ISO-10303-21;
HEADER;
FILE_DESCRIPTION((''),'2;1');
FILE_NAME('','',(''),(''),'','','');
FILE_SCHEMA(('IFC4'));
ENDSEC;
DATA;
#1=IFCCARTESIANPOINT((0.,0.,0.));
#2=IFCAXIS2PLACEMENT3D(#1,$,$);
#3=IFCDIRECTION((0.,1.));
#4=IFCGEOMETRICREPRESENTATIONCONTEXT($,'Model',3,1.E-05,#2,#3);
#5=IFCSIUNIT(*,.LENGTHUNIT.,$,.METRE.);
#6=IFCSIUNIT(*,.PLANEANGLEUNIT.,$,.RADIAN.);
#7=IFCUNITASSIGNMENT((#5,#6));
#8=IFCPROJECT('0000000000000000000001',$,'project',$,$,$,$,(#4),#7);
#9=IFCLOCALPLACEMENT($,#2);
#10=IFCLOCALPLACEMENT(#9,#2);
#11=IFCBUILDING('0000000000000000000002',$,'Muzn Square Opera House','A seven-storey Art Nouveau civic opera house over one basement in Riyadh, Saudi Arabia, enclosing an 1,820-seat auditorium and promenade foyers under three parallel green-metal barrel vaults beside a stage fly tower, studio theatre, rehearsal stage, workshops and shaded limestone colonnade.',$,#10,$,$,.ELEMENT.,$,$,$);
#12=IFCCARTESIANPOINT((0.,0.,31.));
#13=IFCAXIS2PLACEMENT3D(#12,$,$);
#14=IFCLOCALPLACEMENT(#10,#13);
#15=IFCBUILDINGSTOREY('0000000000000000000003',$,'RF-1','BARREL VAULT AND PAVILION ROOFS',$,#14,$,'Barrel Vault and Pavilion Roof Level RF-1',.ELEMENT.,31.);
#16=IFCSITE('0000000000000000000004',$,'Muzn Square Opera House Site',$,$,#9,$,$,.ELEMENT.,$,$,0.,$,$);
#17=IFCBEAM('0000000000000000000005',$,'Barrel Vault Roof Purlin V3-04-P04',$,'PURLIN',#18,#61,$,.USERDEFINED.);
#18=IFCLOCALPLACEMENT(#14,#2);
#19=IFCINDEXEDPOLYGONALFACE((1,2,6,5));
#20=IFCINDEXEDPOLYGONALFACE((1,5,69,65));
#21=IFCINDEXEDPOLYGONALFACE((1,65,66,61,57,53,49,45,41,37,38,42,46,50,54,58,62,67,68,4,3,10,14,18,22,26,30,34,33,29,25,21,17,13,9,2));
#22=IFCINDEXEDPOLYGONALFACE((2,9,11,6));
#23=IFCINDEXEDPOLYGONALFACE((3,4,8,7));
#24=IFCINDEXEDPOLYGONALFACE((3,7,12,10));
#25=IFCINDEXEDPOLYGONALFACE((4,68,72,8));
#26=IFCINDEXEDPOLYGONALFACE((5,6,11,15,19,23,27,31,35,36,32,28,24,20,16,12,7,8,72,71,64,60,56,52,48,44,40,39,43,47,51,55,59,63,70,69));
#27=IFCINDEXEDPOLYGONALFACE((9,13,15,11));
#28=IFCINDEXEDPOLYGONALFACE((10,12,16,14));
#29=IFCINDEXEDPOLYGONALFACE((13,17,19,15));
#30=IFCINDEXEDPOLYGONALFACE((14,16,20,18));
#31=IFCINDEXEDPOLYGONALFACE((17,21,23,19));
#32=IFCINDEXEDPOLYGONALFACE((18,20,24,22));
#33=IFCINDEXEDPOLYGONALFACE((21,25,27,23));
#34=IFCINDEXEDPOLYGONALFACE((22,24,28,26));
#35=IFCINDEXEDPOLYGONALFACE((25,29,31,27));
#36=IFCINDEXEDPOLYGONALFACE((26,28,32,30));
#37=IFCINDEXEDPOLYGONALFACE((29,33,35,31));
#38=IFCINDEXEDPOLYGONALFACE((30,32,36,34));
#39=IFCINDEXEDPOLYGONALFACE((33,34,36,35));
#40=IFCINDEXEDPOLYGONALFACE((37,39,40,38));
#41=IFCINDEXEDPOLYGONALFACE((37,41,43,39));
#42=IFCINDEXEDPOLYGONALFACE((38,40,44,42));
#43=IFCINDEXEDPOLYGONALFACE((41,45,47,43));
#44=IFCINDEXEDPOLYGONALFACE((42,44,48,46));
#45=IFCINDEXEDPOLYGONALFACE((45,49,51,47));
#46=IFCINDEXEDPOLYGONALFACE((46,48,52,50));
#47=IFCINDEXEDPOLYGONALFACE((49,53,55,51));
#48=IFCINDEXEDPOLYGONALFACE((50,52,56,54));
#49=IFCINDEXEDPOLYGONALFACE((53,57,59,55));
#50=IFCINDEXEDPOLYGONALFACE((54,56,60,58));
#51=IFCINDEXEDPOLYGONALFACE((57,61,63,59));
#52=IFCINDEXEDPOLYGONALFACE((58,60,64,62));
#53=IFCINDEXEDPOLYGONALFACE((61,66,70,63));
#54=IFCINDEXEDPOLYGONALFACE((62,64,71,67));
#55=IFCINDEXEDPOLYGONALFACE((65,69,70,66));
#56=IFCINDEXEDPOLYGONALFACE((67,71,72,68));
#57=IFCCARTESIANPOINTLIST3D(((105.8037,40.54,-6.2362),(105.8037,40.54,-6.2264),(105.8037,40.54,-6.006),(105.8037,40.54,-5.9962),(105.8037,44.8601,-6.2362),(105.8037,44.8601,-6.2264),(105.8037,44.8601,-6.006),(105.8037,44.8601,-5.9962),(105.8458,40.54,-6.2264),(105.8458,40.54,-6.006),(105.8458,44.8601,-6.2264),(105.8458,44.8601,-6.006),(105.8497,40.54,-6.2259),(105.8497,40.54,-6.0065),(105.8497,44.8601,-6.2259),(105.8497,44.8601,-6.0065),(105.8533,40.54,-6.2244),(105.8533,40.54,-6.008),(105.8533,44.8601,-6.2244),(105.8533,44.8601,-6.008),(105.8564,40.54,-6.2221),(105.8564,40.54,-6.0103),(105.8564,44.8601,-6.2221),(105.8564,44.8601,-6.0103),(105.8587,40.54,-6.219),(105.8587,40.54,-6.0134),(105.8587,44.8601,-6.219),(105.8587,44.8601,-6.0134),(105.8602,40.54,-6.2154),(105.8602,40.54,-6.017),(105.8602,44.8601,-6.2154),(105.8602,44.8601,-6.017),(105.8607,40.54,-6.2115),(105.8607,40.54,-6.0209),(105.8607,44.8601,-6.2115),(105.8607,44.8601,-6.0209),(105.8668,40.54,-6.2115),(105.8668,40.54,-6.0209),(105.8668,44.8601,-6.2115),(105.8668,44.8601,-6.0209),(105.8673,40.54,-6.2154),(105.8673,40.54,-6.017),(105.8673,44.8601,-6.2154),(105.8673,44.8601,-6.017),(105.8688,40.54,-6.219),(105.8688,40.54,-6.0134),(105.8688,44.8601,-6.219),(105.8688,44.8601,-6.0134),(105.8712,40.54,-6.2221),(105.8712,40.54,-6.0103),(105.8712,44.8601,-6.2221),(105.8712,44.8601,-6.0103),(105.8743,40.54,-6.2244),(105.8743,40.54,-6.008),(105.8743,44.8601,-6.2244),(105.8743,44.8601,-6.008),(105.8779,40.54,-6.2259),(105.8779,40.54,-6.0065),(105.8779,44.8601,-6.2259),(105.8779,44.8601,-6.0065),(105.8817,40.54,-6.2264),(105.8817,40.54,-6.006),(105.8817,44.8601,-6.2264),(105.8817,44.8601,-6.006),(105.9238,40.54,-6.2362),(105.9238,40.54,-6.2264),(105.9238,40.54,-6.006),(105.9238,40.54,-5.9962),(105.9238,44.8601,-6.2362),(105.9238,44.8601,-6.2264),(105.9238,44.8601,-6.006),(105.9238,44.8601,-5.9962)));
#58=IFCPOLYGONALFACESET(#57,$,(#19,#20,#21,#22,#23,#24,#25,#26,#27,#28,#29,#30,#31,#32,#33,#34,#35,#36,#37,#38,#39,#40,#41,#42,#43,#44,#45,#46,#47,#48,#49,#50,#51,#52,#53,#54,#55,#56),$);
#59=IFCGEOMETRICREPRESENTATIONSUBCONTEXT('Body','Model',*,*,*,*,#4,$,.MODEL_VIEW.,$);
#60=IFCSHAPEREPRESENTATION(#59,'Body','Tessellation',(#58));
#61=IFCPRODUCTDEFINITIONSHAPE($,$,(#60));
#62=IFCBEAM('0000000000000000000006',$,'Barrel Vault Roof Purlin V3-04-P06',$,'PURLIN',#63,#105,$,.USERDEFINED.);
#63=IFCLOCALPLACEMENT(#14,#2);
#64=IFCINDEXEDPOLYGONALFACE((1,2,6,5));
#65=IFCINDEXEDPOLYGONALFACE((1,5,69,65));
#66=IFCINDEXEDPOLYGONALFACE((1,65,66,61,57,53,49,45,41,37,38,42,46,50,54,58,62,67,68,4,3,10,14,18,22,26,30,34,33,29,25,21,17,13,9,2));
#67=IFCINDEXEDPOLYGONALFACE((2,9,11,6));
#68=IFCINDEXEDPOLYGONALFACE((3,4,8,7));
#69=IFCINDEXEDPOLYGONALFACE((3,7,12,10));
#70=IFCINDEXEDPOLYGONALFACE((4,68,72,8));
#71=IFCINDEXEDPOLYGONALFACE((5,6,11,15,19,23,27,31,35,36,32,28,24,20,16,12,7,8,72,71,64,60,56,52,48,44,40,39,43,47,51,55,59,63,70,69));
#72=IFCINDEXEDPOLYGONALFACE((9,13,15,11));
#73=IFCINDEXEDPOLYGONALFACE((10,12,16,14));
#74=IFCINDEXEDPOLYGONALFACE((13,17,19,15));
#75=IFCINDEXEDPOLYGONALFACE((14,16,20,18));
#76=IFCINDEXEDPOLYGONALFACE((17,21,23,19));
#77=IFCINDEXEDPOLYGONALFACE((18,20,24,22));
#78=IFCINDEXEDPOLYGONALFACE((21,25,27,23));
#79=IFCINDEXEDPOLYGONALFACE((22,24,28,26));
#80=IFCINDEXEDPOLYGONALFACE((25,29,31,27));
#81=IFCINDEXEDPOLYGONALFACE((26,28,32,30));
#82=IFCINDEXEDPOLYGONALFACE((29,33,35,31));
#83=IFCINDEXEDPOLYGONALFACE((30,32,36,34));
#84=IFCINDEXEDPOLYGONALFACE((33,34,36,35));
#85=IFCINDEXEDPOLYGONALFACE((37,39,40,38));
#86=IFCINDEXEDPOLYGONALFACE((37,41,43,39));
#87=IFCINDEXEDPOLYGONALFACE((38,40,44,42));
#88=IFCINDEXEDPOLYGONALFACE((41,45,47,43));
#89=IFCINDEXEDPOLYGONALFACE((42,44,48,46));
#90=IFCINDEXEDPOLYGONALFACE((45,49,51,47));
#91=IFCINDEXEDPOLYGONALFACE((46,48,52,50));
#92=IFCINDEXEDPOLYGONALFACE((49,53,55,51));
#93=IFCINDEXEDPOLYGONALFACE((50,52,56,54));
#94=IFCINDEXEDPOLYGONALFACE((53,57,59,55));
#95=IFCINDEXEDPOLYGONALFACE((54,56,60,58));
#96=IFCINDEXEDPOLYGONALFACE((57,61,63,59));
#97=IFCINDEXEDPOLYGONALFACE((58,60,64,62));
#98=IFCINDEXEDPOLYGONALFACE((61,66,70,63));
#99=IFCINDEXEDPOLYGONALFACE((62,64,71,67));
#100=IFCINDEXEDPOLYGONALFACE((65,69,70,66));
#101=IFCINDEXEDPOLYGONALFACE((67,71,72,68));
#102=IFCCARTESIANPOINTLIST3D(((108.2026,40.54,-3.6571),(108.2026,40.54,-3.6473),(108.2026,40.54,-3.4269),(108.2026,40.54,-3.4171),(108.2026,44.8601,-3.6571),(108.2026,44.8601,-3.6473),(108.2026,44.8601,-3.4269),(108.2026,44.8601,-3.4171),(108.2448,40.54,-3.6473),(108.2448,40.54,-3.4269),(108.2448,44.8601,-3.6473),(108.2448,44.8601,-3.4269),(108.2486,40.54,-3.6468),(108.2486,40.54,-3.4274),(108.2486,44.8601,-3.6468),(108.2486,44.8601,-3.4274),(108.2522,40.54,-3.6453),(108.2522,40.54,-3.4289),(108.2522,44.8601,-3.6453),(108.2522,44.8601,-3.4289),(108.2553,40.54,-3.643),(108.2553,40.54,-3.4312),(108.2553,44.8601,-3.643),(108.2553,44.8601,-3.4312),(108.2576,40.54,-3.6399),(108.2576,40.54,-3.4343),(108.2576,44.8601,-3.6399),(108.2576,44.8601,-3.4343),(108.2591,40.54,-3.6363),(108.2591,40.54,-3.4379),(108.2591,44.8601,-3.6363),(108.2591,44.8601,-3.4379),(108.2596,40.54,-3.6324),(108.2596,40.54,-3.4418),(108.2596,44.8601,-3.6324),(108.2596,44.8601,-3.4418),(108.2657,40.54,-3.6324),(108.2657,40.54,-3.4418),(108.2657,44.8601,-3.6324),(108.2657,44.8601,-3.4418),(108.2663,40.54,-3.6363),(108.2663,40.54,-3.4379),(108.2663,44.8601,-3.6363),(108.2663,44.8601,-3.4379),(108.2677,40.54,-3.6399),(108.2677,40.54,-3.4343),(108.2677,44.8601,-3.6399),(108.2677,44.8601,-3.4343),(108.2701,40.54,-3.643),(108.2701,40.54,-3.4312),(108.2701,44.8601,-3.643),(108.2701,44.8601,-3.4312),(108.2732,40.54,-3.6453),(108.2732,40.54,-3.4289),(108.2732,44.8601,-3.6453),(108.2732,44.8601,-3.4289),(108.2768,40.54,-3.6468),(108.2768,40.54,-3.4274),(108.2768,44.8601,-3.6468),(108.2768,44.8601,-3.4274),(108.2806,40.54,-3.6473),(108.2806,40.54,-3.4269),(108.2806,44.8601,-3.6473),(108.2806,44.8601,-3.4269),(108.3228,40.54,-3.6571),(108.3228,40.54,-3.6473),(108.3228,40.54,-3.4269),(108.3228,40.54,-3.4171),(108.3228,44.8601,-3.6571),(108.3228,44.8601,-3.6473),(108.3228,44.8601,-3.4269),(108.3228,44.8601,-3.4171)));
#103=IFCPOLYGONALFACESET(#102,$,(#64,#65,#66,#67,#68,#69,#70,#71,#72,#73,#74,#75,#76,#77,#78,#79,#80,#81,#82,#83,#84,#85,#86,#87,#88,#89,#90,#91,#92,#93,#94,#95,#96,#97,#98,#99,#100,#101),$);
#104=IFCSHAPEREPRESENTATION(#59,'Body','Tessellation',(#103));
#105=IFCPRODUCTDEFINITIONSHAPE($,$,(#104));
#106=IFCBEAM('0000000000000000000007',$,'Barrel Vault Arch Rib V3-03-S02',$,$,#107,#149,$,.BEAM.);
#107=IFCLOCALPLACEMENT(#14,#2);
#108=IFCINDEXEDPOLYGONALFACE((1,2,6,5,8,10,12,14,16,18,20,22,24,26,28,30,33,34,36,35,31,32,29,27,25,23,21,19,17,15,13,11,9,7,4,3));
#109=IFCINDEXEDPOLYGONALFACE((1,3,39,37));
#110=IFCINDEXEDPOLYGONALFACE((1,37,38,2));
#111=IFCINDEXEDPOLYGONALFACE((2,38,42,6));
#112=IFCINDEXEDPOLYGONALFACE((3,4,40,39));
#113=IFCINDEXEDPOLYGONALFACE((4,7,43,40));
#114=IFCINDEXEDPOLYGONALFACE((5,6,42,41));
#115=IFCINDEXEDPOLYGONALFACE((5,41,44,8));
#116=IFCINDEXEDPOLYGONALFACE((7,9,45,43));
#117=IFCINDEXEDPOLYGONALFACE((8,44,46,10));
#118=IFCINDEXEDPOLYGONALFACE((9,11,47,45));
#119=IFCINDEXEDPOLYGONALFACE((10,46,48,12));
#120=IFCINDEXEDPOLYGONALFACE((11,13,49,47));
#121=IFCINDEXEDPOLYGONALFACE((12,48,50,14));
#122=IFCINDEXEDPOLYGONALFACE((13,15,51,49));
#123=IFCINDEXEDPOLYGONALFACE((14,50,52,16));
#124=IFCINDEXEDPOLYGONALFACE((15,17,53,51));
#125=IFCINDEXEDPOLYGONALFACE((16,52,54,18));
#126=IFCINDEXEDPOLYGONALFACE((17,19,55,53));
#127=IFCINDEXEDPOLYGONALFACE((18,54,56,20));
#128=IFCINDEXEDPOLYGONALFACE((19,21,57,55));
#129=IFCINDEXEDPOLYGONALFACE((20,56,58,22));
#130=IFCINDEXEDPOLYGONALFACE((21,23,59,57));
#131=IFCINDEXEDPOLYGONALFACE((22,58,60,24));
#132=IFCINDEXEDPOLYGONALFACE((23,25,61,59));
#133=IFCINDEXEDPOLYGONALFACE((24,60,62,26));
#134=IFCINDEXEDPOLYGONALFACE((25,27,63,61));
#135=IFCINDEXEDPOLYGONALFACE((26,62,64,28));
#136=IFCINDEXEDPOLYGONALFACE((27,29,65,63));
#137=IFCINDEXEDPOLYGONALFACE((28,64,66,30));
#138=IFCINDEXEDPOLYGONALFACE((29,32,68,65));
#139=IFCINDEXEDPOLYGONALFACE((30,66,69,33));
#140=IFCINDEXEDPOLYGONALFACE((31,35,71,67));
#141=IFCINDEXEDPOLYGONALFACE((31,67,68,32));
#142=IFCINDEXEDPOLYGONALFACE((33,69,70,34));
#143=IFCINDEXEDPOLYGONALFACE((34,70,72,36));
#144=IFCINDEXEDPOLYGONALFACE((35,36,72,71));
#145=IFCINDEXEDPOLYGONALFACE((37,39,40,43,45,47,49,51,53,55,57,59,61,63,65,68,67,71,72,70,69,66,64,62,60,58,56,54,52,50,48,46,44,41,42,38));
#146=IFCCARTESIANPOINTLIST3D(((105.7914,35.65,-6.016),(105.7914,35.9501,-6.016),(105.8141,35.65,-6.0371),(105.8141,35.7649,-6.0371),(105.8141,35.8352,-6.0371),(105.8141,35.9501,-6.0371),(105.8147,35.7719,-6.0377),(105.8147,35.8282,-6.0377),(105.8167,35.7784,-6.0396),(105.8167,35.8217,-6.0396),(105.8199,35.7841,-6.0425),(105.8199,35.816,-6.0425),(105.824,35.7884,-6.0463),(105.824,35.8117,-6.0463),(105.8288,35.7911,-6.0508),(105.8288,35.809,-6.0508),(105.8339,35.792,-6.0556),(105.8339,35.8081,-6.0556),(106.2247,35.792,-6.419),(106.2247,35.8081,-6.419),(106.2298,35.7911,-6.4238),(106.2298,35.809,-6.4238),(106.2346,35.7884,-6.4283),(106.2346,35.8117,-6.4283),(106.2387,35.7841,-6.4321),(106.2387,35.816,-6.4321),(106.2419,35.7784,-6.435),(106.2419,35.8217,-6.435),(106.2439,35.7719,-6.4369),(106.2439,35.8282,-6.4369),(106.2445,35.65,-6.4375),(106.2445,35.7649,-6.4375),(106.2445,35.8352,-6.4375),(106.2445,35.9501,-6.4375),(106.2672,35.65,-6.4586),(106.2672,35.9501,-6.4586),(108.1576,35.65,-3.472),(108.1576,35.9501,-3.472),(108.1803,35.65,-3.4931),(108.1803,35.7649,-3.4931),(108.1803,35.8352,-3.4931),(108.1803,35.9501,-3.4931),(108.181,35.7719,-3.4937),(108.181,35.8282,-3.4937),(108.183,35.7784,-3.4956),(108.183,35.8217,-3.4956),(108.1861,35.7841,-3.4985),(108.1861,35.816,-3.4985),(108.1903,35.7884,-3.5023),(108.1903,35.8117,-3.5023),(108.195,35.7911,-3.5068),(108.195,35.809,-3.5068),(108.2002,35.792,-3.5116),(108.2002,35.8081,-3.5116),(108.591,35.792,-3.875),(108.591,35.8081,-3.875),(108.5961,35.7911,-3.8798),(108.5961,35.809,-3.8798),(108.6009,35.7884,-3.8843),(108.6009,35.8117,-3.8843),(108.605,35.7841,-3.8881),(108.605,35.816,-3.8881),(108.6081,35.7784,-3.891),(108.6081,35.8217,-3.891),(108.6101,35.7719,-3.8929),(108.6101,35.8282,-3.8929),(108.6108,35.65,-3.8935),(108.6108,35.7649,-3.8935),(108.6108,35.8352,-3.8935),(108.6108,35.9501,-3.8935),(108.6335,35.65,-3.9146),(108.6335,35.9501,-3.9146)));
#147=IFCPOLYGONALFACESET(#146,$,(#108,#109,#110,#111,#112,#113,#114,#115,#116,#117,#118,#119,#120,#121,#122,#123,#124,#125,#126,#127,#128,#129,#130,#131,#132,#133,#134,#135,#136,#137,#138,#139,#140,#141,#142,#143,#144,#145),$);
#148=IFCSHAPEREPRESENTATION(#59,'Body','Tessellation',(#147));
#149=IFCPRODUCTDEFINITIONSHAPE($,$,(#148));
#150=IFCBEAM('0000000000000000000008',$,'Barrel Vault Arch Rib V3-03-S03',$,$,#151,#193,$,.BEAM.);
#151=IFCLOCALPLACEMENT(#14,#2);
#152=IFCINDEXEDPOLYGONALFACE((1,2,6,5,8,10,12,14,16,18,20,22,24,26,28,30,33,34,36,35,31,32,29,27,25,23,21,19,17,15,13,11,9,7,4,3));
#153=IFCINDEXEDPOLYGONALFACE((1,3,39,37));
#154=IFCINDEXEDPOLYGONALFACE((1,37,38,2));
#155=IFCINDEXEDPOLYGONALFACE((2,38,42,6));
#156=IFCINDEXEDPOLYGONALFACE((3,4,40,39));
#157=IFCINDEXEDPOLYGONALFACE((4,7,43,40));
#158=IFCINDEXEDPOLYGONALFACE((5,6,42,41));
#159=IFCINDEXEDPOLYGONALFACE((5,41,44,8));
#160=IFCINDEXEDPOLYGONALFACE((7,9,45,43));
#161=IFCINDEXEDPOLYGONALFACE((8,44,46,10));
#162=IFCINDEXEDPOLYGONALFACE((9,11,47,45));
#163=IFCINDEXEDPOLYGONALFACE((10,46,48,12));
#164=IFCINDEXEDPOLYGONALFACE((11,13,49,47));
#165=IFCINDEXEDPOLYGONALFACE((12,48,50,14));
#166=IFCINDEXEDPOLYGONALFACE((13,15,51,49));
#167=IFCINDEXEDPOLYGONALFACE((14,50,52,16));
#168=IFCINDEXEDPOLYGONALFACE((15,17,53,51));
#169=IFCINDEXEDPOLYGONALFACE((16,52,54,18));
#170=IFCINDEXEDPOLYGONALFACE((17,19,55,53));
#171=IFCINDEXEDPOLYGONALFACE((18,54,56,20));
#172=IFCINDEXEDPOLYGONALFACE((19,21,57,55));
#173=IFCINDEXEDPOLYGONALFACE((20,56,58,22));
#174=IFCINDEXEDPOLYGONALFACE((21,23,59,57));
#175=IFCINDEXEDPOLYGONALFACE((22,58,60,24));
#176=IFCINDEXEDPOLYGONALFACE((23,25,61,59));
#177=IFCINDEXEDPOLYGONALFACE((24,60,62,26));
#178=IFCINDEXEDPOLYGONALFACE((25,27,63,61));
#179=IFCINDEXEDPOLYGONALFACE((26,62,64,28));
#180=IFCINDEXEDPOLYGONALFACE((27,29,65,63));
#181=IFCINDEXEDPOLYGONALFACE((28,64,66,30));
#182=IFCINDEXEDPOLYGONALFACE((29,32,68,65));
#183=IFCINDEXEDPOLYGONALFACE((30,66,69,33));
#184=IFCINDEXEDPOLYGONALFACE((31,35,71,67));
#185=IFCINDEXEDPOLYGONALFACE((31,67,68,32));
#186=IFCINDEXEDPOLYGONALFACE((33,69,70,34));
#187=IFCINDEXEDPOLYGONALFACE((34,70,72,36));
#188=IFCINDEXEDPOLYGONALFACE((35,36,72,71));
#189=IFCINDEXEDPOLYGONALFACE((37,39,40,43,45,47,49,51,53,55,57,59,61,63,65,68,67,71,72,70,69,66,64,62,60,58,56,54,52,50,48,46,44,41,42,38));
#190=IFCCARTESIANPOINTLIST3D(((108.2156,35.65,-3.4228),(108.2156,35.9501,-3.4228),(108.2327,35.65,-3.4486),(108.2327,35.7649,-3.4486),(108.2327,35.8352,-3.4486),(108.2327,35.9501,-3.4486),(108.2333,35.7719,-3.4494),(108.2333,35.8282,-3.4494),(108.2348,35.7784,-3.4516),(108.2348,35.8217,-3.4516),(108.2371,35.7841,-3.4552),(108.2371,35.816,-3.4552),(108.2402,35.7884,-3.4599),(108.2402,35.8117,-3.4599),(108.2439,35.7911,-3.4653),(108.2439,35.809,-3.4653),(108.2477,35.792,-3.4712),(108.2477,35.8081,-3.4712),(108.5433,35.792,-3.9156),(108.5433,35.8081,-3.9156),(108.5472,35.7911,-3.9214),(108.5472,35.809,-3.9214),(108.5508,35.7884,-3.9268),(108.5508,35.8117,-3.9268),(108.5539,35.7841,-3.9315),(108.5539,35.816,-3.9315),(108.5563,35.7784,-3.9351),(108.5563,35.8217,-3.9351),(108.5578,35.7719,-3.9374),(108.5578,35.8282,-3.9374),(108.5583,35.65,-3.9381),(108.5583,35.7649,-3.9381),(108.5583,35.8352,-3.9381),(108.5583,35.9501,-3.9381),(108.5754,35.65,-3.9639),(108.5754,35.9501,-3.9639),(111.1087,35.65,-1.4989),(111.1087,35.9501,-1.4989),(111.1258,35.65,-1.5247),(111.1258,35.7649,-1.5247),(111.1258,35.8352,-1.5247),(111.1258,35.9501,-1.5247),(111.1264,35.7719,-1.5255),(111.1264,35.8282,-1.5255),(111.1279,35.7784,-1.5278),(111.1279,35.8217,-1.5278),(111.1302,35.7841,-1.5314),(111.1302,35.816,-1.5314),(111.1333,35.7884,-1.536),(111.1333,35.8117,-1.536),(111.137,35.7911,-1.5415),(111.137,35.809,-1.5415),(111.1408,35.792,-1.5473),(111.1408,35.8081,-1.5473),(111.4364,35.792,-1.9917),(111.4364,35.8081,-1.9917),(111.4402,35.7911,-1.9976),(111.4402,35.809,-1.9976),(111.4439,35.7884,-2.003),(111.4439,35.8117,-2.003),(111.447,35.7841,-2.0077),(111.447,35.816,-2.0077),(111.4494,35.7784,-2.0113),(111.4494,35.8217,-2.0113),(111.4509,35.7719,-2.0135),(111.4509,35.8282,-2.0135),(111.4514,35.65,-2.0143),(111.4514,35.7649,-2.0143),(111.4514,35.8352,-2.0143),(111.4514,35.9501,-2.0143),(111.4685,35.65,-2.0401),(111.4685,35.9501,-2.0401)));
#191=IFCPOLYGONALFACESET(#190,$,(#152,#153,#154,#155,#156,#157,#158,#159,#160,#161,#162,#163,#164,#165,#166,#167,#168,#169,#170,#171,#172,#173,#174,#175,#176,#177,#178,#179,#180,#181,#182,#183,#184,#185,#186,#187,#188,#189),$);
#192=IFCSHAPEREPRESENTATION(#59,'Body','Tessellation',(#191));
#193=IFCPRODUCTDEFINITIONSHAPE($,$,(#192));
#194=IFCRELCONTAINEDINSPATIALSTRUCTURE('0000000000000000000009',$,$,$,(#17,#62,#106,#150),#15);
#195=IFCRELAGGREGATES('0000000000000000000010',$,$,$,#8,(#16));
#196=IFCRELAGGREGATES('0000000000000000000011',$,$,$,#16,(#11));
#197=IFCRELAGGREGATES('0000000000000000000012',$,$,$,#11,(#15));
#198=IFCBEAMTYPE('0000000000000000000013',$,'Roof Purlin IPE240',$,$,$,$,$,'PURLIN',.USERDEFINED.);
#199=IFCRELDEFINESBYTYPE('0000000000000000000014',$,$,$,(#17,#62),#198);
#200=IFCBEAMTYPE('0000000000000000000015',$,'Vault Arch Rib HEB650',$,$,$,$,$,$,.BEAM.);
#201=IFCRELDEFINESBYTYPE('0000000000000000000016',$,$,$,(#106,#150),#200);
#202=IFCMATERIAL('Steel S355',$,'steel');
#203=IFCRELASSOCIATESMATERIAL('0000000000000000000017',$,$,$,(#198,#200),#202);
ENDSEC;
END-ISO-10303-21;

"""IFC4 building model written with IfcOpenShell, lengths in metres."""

from ifc_helpers import new_model, si_unit, direction, frame, origin, origin_2d, place, context, subcontext, project, spatial, i_section, extrude, material, material_profile, profile_set, type_object, element, save


model = new_model("IFC4")

# Units and contexts
model_context = context("Model", 3, precision=1e-05, world=origin(), true_north=direction((0.0, 1.0)))
body_context = subcontext(model_context, "Body", "Model", "MODEL_VIEW")
ifc_project = project(units=[si_unit("LENGTHUNIT", "METRE"), si_unit("PLANEANGLEUNIT", "RADIAN")], contexts=[model_context])

# Site, building, storey
site_placement = place(None, origin())
site = spatial("IfcSite", under=ifc_project, at=site_placement, Name="Muzn Square Opera House Site", CompositionType="ELEMENT", RefElevation=0.0)
building_placement = place(site_placement, origin())
building = spatial("IfcBuilding", under=site, at=building_placement, Name="Muzn Square Opera House", Description="A seven-storey Art Nouveau civic opera house over one basement in Riyadh, Saudi Arabia, enclosing an 1,820-seat auditorium and promenade foyers under three parallel green-metal barrel vaults beside a stage fly tower, studio theatre, rehearsal stage, workshops and shaded limestone colonnade.", CompositionType="ELEMENT")
storey_placement = place(building_placement, frame((0.0, 0.0, 31.0)))
storey = spatial("IfcBuildingStorey", under=building, at=storey_placement, Name="RF-1", Description="BARREL VAULT AND PAVILION ROOFS", LongName="Barrel Vault and Pavilion Roof Level RF-1", CompositionType="ELEMENT", Elevation=31.0)

# Beams
ifc_material_1 = material(Name="Steel S355", Category="steel")
ifc_material_profile_1 = material_profile(ifc_material_1, i_section(OverallWidth=0.1201, OverallDepth=0.24, WebThickness=0.0061, FlangeThickness=0.0098, FilletRadius=0.0149, at=origin_2d()), Name="IPE 240", Category="steel")
ifc_profile_set_1 = profile_set([ifc_material_profile_1], Name="Steel S355")
beam_type_1 = type_object("IfcBeamType", Name="Roof Purlin IPE240", ElementType="PURLIN", PredefinedType="USERDEFINED", material=ifc_profile_set_1)
for number, where, z_axis, x_axis, name in (
    (1, (105.8638, 40.54, -6.1162), (0.0, 1.0, 0.0), (-1.0, 0.0, 0.0), "Barrel Vault Roof Purlin V3-04-P04"),
    (2, (108.2627, 40.54, -3.5371), (0.0, 1.0, 0.0), (-1.0, 0.0, 0.0), "Barrel Vault Roof Purlin V3-04-P06"),
):
    element("IfcBeam", number, at=place(storey_placement, frame(where, z_axis=z_axis, x_axis=x_axis)), inside=storey, type_object=beam_type_1, Name=name, ObjectType="PURLIN", PredefinedType="USERDEFINED", context=body_context, shape_type="SweptSolid", body=[
        extrude(i_section(OverallWidth=0.1201, OverallDepth=0.24, WebThickness=0.0061, FlangeThickness=0.0098, FilletRadius=0.0149, at=origin_2d()), origin(), (0.0, 0.0, 1.0), 4.3201),
    ])
ifc_material_profile_2 = material_profile(ifc_material_1, i_section(OverallWidth=0.3, OverallDepth=0.6499, WebThickness=0.0161, FlangeThickness=0.031, FilletRadius=0.0271, at=origin_2d()), Name="HEB 650", Category="steel")
ifc_profile_set_2 = profile_set([ifc_material_profile_2], Name="Steel S355")
beam_type_2 = type_object("IfcBeamType", Name="Vault Arch Rib HEB650", PredefinedType="BEAM", material=ifc_profile_set_2)
for number, where, z_axis, x_axis, name in (
    (3, (106.0293, 35.8, -6.2373), (0.681065, 0.0, 0.732223), (0.0, 1.0, 0.0), "Barrel Vault Arch Rib V3-03-S02"),
    (4, (108.3955, 35.8, -3.6934), (0.832698, 0.0, 0.553727), (0.0, 1.0, 0.0), "Barrel Vault Arch Rib V3-03-S03"),
):
    element("IfcBeam", number, at=place(storey_placement, frame(where, z_axis=z_axis, x_axis=x_axis)), inside=storey, type_object=beam_type_2, Name=name, PredefinedType="BEAM", context=body_context, shape_type="SweptSolid", body=[
        extrude(i_section(OverallWidth=0.3, OverallDepth=0.6499, WebThickness=0.0161, FlangeThickness=0.031, FilletRadius=0.0271, at=origin_2d()), origin(), (0.0, 0.0, 1.0), 3.4744),
    ])

save(model, "model.ifc")
